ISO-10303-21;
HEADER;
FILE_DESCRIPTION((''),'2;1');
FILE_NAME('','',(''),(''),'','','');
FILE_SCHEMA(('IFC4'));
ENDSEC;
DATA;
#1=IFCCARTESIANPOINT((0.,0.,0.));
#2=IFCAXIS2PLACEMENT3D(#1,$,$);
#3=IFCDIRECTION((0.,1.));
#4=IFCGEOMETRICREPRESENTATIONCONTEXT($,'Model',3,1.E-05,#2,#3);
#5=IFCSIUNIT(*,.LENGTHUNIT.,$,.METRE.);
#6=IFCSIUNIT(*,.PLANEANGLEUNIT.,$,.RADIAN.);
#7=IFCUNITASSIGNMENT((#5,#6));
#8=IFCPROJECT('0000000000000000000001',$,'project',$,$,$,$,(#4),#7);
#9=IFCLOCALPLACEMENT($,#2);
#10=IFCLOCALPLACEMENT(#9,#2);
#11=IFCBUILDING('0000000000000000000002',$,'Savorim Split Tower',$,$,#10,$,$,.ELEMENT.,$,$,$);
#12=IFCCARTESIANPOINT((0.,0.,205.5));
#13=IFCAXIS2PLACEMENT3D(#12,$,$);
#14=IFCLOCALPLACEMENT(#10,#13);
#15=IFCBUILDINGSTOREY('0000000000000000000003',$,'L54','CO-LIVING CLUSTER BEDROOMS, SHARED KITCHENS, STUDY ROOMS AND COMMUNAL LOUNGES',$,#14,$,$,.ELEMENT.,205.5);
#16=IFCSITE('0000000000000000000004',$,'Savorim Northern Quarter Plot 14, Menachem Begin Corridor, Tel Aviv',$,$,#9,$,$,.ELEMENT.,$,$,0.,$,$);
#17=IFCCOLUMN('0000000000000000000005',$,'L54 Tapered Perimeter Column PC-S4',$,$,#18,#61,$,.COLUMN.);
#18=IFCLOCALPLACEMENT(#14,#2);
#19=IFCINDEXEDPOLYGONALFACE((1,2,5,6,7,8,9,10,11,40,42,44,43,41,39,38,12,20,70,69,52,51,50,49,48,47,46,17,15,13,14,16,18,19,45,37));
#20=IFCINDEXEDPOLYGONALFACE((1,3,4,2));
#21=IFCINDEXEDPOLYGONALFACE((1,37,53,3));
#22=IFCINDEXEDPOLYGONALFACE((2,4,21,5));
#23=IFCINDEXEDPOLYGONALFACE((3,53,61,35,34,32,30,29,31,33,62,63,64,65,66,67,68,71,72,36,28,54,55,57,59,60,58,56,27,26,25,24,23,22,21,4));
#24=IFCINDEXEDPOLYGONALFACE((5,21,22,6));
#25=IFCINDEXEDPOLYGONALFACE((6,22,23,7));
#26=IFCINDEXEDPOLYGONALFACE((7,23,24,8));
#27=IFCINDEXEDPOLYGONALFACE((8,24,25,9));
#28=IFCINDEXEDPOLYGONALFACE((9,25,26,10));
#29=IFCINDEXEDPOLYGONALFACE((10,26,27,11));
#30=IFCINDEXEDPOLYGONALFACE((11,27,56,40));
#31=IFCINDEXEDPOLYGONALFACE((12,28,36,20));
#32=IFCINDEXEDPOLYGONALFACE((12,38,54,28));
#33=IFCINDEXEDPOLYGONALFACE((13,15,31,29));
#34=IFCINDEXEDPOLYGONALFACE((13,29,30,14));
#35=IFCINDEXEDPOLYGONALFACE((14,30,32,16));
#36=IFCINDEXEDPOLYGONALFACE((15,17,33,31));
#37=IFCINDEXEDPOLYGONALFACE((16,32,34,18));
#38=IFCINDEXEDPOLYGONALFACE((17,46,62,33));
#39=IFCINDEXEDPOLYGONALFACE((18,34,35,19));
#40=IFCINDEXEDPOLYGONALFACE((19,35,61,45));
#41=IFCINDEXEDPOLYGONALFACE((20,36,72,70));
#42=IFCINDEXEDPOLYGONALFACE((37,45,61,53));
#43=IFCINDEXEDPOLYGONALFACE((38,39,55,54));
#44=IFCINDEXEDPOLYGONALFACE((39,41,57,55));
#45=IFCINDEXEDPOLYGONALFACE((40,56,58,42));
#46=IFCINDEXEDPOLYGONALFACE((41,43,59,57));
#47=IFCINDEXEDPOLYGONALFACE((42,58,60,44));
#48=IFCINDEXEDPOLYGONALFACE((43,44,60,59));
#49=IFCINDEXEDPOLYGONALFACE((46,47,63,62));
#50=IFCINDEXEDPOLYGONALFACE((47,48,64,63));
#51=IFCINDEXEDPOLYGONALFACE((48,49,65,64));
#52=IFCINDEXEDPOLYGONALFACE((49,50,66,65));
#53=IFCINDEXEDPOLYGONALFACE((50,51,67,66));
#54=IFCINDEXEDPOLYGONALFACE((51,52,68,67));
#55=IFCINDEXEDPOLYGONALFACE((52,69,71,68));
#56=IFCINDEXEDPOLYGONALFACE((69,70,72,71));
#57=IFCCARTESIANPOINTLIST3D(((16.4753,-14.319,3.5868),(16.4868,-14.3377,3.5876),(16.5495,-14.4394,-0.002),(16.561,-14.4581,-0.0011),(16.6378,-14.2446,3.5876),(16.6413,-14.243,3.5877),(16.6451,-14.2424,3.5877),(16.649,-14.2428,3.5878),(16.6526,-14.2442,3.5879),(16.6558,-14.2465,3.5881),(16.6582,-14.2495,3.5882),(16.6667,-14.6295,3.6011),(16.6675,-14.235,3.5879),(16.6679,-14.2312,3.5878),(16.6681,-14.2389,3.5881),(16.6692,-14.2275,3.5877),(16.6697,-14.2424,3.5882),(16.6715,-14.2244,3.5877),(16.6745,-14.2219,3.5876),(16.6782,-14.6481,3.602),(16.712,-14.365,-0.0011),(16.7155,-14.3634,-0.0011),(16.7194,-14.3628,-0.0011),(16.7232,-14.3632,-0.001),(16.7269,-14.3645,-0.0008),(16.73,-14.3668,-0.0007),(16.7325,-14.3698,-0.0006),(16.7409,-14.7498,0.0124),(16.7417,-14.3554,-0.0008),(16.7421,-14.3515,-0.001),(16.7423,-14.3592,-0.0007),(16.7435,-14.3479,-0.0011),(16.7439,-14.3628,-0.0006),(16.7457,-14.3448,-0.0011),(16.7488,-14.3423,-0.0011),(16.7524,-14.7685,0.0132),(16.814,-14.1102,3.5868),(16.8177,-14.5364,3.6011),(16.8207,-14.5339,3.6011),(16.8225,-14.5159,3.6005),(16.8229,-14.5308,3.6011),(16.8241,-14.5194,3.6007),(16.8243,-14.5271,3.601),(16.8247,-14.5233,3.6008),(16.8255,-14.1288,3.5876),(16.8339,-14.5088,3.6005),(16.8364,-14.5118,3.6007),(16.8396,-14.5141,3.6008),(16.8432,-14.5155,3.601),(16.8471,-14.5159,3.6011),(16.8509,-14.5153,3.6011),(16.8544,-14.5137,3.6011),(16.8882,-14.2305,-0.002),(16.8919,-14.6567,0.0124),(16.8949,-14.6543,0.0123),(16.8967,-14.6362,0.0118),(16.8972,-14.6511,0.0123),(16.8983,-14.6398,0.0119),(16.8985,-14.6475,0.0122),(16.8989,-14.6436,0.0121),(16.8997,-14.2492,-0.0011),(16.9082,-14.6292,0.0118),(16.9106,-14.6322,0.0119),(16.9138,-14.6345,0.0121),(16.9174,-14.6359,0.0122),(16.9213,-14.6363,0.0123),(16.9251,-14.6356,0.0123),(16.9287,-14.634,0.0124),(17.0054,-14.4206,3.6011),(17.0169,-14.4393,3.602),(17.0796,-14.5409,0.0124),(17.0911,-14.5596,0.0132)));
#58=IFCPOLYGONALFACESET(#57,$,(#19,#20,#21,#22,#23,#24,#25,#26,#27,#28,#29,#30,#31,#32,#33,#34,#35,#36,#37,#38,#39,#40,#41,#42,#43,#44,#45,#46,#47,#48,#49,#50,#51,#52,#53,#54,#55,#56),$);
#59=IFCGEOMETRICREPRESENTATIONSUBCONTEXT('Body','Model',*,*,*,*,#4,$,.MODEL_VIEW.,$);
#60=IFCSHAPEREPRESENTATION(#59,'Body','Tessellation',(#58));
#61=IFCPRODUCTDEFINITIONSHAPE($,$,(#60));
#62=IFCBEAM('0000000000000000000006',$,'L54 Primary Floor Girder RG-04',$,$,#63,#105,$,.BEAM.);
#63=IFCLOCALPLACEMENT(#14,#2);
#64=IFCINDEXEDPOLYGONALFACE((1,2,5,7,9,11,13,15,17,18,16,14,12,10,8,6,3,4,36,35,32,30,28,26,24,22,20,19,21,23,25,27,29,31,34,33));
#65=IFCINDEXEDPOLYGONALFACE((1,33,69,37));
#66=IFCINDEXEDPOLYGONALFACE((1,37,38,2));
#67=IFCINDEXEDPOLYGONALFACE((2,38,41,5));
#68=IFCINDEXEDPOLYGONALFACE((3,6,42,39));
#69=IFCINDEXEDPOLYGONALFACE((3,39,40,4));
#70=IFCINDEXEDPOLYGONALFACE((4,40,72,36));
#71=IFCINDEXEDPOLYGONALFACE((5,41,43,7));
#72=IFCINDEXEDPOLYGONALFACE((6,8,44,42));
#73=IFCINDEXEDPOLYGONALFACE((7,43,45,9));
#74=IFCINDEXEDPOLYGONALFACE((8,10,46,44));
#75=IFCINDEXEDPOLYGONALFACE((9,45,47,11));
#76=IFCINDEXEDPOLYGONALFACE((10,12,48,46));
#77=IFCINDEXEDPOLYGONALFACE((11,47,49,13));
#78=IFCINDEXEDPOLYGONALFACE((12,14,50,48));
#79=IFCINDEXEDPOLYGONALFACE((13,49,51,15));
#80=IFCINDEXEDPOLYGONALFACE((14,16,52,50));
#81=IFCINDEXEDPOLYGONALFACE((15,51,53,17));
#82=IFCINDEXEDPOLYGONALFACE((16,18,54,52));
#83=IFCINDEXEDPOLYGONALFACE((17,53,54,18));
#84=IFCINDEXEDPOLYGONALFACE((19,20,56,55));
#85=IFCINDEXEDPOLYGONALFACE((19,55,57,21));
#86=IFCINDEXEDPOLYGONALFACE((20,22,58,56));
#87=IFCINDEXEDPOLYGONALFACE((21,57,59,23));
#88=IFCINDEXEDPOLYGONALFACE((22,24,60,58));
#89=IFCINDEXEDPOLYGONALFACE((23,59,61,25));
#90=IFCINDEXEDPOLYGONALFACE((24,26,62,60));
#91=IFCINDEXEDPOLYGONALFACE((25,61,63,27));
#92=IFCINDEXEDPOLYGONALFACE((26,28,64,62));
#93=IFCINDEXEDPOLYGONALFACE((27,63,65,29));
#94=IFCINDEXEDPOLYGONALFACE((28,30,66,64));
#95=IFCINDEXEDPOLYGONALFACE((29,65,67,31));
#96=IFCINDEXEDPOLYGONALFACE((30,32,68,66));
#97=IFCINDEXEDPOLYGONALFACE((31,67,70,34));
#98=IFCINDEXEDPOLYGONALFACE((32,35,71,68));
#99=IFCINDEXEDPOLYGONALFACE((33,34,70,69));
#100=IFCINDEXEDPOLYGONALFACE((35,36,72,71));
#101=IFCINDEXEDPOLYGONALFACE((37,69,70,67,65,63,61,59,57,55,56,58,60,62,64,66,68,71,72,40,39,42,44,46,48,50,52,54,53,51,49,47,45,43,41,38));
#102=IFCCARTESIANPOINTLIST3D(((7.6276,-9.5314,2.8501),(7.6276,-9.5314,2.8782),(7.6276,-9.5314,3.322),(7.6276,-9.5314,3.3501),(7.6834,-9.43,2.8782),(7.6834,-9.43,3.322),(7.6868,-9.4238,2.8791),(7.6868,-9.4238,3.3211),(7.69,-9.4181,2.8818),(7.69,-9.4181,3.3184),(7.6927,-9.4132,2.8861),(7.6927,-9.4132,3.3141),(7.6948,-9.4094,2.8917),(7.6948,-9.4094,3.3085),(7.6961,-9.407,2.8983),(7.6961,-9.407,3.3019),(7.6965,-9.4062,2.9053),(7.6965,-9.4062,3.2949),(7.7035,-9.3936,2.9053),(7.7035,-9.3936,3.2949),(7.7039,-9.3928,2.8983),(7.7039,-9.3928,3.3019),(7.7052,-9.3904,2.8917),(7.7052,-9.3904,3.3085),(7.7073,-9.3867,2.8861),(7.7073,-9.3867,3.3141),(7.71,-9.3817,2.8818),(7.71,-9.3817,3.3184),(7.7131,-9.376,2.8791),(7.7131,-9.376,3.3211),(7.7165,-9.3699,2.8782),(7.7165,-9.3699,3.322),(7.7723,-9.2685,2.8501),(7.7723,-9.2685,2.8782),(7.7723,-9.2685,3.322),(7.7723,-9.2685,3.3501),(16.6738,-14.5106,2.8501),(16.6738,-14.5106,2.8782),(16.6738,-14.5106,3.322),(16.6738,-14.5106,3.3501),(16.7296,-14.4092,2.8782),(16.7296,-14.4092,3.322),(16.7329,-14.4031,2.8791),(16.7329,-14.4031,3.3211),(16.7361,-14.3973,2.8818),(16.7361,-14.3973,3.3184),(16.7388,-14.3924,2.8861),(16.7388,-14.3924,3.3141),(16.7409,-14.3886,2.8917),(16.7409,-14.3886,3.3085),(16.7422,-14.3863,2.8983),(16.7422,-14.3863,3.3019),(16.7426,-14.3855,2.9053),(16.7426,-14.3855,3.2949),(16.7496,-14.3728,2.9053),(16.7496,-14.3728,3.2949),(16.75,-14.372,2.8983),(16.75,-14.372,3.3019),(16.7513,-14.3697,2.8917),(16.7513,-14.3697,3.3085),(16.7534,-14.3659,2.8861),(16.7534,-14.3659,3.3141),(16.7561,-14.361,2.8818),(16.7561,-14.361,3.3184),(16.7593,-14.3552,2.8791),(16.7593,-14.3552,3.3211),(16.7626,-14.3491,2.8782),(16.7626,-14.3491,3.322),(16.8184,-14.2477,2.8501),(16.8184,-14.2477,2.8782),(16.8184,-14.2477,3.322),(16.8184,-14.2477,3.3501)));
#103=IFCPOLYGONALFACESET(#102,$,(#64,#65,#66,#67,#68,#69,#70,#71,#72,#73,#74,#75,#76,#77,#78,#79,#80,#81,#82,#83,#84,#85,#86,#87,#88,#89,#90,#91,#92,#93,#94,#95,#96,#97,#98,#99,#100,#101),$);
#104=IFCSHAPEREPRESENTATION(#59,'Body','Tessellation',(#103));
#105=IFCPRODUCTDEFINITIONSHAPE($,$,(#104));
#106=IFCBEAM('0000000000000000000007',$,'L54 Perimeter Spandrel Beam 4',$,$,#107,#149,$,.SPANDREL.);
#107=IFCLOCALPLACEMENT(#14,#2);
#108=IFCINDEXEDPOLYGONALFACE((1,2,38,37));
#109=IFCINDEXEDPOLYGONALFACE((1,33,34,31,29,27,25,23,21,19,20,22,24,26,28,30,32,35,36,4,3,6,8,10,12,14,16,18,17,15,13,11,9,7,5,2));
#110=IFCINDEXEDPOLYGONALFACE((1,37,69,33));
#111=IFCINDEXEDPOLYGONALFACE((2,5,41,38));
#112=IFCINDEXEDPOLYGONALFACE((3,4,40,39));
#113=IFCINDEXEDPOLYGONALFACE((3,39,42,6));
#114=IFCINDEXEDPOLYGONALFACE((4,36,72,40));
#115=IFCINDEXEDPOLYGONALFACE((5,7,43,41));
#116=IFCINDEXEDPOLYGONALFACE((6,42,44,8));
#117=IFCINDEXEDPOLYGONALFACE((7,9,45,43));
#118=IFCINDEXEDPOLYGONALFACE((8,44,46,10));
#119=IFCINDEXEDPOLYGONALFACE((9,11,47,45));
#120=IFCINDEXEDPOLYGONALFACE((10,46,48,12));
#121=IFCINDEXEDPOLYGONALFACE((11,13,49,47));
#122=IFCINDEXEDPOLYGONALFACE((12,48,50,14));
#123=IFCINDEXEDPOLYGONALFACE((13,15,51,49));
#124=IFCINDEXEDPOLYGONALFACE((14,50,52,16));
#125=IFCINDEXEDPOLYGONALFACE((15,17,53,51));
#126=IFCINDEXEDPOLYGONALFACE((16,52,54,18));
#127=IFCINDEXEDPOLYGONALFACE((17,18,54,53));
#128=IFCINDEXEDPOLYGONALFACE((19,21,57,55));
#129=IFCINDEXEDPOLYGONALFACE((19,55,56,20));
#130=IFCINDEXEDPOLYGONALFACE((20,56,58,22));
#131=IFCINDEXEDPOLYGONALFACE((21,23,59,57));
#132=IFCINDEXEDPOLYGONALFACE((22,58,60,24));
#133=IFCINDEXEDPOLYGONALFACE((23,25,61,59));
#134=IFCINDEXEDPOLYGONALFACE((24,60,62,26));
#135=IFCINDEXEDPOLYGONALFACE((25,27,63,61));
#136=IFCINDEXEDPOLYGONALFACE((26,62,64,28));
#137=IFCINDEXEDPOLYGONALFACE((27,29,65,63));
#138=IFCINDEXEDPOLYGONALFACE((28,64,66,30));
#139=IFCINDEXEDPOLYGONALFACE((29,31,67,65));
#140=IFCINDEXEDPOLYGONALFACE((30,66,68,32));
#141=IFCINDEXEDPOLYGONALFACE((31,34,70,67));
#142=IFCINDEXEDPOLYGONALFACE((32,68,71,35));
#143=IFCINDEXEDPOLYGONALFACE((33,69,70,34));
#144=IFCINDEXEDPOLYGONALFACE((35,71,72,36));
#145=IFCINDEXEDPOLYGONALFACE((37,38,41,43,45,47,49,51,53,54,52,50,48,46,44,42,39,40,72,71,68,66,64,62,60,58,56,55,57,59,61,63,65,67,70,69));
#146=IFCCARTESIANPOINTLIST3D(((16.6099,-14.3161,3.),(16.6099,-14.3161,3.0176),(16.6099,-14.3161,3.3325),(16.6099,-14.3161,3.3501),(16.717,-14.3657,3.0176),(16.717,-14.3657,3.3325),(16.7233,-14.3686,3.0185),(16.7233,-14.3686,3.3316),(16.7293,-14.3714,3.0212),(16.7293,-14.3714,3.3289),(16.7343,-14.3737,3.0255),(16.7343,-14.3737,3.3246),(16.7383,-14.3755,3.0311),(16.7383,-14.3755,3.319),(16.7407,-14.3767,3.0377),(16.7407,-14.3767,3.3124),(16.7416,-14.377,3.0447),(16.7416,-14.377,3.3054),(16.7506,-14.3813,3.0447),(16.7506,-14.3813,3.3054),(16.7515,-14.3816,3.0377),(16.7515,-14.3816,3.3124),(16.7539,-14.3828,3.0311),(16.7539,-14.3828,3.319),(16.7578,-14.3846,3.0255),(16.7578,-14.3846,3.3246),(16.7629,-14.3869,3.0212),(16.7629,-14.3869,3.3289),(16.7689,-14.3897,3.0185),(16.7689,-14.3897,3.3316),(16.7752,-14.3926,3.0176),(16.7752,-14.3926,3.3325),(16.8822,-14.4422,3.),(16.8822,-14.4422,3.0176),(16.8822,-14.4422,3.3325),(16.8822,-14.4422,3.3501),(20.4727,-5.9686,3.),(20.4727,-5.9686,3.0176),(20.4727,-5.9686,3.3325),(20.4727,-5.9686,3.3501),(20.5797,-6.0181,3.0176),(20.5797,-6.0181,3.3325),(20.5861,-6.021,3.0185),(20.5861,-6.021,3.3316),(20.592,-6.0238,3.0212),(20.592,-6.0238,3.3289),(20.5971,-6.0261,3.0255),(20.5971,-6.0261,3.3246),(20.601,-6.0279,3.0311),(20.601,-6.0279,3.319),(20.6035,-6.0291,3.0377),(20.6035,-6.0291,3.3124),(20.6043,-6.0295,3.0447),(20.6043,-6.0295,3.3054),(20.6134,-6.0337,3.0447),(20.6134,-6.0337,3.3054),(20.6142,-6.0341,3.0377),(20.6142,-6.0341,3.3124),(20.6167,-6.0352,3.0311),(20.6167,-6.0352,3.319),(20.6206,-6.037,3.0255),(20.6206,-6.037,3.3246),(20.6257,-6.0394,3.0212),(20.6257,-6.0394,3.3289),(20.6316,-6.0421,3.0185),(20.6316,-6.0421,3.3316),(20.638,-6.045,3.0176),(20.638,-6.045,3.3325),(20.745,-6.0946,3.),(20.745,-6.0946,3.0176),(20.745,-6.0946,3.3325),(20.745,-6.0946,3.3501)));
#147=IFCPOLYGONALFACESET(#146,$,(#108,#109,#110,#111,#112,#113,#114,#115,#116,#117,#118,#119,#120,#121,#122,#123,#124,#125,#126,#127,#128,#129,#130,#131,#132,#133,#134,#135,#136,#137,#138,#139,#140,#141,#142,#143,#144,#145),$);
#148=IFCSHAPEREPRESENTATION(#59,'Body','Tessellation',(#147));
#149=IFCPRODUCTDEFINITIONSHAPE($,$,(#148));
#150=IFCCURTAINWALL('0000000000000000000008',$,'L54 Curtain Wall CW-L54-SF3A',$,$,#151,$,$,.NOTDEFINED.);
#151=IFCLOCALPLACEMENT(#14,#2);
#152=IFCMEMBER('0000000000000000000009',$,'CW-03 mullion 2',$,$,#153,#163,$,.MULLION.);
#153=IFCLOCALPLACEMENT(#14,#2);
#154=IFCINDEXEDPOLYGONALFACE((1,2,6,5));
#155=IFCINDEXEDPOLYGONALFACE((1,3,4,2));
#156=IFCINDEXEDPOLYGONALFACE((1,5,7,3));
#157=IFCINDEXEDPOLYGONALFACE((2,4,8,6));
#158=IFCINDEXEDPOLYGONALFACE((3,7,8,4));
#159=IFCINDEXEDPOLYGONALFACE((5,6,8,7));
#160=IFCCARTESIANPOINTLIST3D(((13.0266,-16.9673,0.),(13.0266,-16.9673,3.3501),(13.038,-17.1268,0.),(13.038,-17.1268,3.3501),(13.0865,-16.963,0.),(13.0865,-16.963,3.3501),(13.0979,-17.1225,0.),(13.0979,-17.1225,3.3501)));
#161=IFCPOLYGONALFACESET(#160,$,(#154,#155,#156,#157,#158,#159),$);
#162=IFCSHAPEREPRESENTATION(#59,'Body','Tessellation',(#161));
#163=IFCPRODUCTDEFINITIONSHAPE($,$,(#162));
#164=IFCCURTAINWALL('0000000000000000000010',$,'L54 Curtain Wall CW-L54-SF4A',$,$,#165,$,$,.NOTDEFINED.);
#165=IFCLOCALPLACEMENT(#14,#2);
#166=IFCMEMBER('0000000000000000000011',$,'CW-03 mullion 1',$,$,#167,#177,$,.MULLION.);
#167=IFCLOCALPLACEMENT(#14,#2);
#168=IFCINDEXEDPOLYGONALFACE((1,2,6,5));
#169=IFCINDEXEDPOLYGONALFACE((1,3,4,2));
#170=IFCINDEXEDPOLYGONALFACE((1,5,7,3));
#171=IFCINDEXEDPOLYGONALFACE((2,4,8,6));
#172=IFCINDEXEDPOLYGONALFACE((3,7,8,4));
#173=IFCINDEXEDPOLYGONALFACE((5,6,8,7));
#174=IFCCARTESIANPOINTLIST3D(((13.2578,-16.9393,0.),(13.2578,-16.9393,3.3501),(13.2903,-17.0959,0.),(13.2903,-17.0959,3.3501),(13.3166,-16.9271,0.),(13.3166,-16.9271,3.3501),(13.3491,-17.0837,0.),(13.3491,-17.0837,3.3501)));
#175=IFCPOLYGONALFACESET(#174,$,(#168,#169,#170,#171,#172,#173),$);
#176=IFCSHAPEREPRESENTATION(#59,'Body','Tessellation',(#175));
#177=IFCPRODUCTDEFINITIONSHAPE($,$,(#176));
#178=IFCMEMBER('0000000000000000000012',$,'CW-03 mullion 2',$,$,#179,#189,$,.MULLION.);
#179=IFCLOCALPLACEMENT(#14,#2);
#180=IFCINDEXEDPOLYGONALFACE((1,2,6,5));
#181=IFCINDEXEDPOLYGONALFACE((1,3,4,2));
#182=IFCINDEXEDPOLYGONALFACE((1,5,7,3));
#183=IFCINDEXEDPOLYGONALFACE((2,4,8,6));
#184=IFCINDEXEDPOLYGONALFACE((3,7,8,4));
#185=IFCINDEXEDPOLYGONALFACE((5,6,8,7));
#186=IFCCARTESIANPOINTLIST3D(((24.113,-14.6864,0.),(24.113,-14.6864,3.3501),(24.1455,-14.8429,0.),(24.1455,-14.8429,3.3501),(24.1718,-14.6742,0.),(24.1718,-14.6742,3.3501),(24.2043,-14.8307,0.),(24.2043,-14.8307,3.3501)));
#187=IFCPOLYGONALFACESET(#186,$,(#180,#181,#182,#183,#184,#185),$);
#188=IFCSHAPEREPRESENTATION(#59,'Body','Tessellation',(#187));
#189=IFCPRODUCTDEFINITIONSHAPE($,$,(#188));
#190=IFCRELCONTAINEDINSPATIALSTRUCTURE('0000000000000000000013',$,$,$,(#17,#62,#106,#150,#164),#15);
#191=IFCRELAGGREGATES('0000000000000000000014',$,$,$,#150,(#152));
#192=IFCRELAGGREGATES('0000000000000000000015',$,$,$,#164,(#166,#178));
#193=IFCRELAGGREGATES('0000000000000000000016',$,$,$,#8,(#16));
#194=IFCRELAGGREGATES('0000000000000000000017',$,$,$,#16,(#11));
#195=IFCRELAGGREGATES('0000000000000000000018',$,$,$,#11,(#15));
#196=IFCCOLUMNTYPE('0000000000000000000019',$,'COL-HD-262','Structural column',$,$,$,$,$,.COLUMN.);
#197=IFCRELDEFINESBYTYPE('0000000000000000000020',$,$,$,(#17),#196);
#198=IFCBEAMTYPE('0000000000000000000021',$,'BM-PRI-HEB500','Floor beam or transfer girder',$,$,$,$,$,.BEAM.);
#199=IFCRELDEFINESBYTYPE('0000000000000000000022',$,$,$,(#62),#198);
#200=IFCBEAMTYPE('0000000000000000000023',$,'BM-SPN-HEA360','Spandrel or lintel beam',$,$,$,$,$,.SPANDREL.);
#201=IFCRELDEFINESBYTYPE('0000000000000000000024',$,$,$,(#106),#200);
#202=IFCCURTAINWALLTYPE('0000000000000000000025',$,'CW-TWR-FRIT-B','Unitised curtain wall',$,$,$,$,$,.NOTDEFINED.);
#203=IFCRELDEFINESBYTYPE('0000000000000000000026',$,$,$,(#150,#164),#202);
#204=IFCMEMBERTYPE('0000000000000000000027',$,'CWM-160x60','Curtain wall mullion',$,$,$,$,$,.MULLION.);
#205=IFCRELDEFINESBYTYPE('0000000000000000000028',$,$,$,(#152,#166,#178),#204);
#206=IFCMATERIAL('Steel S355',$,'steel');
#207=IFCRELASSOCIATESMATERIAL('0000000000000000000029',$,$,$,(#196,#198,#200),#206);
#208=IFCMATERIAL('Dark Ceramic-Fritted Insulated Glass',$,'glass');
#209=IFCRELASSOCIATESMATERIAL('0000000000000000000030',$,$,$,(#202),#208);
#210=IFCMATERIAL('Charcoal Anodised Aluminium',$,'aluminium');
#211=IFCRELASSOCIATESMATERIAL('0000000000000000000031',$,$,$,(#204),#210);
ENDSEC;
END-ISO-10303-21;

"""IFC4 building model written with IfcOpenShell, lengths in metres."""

from ifc_helpers import new_model, si_unit, direction, frame, origin, origin_2d, place, context, subcontext, project, spatial, rectangle, i_section, extrude, material, material_profile, profile_set, type_object, element, aggregate, save


model = new_model("IFC4")

# Units and contexts
model_context = context("Model", 3, precision=1e-05, world=origin(), true_north=direction((0.0, 1.0)))
body_context = subcontext(model_context, "Body", "Model", "MODEL_VIEW")
ifc_project = project(units=[si_unit("LENGTHUNIT", "METRE"), si_unit("PLANEANGLEUNIT", "RADIAN")], contexts=[model_context])

# Site, building, storey
site_placement = place(None, origin())
site = spatial("IfcSite", under=ifc_project, at=site_placement, Name="Savorim Northern Quarter Plot 14, Menachem Begin Corridor, Tel Aviv", CompositionType="ELEMENT", RefElevation=0.0)
building_placement = place(site_placement, origin())
building = spatial("IfcBuilding", under=site, at=building_placement, Name="Savorim Split Tower", CompositionType="ELEMENT")
storey_placement = place(building_placement, frame((0.0, 0.0, 205.5)))
storey = spatial("IfcBuildingStorey", under=building, at=storey_placement, Name="L54", Description="CO-LIVING CLUSTER BEDROOMS, SHARED KITCHENS, STUDY ROOMS AND COMMUNAL LOUNGES", CompositionType="ELEMENT", Elevation=205.5)

# Column
ifc_material_1 = material(Name="Steel S355", Category="steel")
ifc_material_profile_1 = material_profile(ifc_material_1, i_section(OverallWidth=0.3979, OverallDepth=0.387, WebThickness=0.0134, FlangeThickness=0.022, FilletRadius=0.0149, at=origin_2d()), Name="HD 400x262")
ifc_profile_set_1 = profile_set([ifc_material_profile_1], Name="Steel S355")
column_type = type_object("IfcColumnType", Name="COL-HD-262", Description="Structural column", PredefinedType="COLUMN", material=ifc_profile_set_1)
column_placement = place(storey_placement, frame((16.8203, -14.4995, 0.0056), z_axis=(-0.020664, 0.033511, 0.999225), x_axis=(-0.851184, -0.524868, 0.0)))
element("IfcColumn", 1, at=column_placement, inside=storey, type_object=column_type, Name="L54 Tapered Perimeter Column PC-S4", PredefinedType="COLUMN", context=body_context, shape_type="SweptSolid", body=[
    extrude(i_section(OverallWidth=0.3979, OverallDepth=0.387, WebThickness=0.0134, FlangeThickness=0.022, FilletRadius=0.0149, at=origin_2d()), origin(), (0.0, 0.0, 1.0), 3.5916),
])

# Beams
ifc_material_profile_2 = material_profile(ifc_material_1, i_section(OverallWidth=0.3, OverallDepth=0.5, WebThickness=0.0144, FlangeThickness=0.0281, FilletRadius=0.0271, at=origin_2d()), Name="HEB 500")
ifc_profile_set_2 = profile_set([ifc_material_profile_2], Name="Steel S355")
beam_type_1 = type_object("IfcBeamType", Name="BM-PRI-HEB500", Description="Floor beam or transfer girder", PredefinedType="BEAM", material=ifc_profile_set_2)
beam_1_placement = place(storey_placement, frame((16.7461, -14.3792, 3.1001), z_axis=(-0.876058, 0.482206, 0.0), x_axis=(-0.482206, -0.876058, 0.0)))
element("IfcBeam", 2, at=beam_1_placement, inside=storey, type_object=beam_type_1, Name="L54 Primary Floor Girder RG-04", PredefinedType="BEAM", context=body_context, shape_type="SweptSolid", body=[
    extrude(i_section(OverallWidth=0.3, OverallDepth=0.5, WebThickness=0.0144, FlangeThickness=0.0281, FilletRadius=0.0271, at=origin_2d()), origin(), (0.0, 0.0, 1.0), 10.3259),
])
ifc_material_profile_3 = material_profile(ifc_material_1, i_section(OverallWidth=0.3, OverallDepth=0.3501, WebThickness=0.01, FlangeThickness=0.0176, FilletRadius=0.0271, at=origin_2d()), Name="HEA 360")
ifc_profile_set_3 = profile_set([ifc_material_profile_3], Name="Steel S355")
beam_type_2 = type_object("IfcBeamType", Name="BM-SPN-HEA360", Description="Spandrel or lintel beam", PredefinedType="SPANDREL", material=ifc_profile_set_3)
beam_2_placement = place(storey_placement, frame((16.7461, -14.3792, 3.175), z_axis=(0.419957, 0.907544, 0.0), x_axis=(-0.907544, 0.419957, 0.0)))
element("IfcBeam", 3, at=beam_2_placement, inside=storey, type_object=beam_type_2, Name="L54 Perimeter Spandrel Beam 4", PredefinedType="SPANDREL", context=body_context, shape_type="SweptSolid", body=[
    extrude(i_section(OverallWidth=0.3, OverallDepth=0.3501, WebThickness=0.01, FlangeThickness=0.0176, FilletRadius=0.0271, at=origin_2d()), origin(), (0.0, 0.0, 1.0), 9.198),
])

# Curtain wall, member
ifc_material_2 = material(Name="Dark Ceramic-Fritted Insulated Glass", Category="glass")
curtain_wall_type_1 = type_object("IfcCurtainWallType", Name="CW-TWR-FRIT-B", Description="Unitised curtain wall", PredefinedType="NOTDEFINED", material=ifc_material_2)
curtain_wall_1_placement = place(storey_placement, origin())
curtain_wall_1 = element("IfcCurtainWall", 4, at=curtain_wall_1_placement, inside=storey, type_object=curtain_wall_type_1, Name="L54 Curtain Wall CW-L54-SF3A", PredefinedType="NOTDEFINED")
ifc_material_3 = material(Name="Charcoal Anodised Aluminium", Category="aluminium")
ifc_material_profile_4 = material_profile(ifc_material_3, rectangle(XDim=0.1599, YDim=0.0601, at=origin_2d()), Name="ALU-M 160x60")
ifc_profile_set_4 = profile_set([ifc_material_profile_4], Name="Charcoal Anodised Aluminium")
member_type_1 = type_object("IfcMemberType", Name="CWM-160x60", Description="Curtain wall mullion", PredefinedType="MULLION", material=ifc_profile_set_4)
member_1_placement = place(storey_placement, frame((13.0623, -17.0449, 0.0), z_axis=(0.0, 0.0, 1.0), x_axis=(-0.071552, 0.997437, 0.0)))
member_1 = element("IfcMember", 5, at=member_1_placement, type_object=member_type_1, Name="CW-03 mullion 2", PredefinedType="MULLION", context=body_context, shape_type="SweptSolid", body=[
    extrude(rectangle(XDim=0.1599, YDim=0.0601, at=origin_2d()), origin(), (0.0, 0.0, 1.0), 3.3501),
])

# Curtain wall, members
curtain_wall_2_placement = place(storey_placement, origin())
curtain_wall_2 = element("IfcCurtainWall", 6, at=curtain_wall_2_placement, inside=storey, type_object=curtain_wall_type_1, Name="L54 Curtain Wall CW-L54-SF4A", PredefinedType="NOTDEFINED")
member_2_placement = place(storey_placement, frame((13.3035, -17.0115, 0.0), z_axis=(0.0, 0.0, 1.0), x_axis=(-0.20321, 0.979135, 0.0)))
member_2 = element("IfcMember", 7, at=member_2_placement, type_object=member_type_1, Name="CW-03 mullion 1", PredefinedType="MULLION", context=body_context, shape_type="SweptSolid", body=[
    extrude(rectangle(XDim=0.1599, YDim=0.0601, at=origin_2d()), origin(), (0.0, 0.0, 1.0), 3.3501),
])
member_3_placement = place(storey_placement, frame((24.1587, -14.7585, 0.0), z_axis=(0.0, 0.0, 1.0), x_axis=(-0.20321, 0.979135, 0.0)))
member_3 = element("IfcMember", 8, at=member_3_placement, type_object=member_type_1, Name="CW-03 mullion 2", PredefinedType="MULLION", context=body_context, shape_type="SweptSolid", body=[
    extrude(rectangle(XDim=0.1599, YDim=0.0601, at=origin_2d()), origin(), (0.0, 0.0, 1.0), 3.3501),
])

aggregate(curtain_wall_1, [member_1])
aggregate(curtain_wall_2, [member_2, member_3])

save(model, "model.ifc")
